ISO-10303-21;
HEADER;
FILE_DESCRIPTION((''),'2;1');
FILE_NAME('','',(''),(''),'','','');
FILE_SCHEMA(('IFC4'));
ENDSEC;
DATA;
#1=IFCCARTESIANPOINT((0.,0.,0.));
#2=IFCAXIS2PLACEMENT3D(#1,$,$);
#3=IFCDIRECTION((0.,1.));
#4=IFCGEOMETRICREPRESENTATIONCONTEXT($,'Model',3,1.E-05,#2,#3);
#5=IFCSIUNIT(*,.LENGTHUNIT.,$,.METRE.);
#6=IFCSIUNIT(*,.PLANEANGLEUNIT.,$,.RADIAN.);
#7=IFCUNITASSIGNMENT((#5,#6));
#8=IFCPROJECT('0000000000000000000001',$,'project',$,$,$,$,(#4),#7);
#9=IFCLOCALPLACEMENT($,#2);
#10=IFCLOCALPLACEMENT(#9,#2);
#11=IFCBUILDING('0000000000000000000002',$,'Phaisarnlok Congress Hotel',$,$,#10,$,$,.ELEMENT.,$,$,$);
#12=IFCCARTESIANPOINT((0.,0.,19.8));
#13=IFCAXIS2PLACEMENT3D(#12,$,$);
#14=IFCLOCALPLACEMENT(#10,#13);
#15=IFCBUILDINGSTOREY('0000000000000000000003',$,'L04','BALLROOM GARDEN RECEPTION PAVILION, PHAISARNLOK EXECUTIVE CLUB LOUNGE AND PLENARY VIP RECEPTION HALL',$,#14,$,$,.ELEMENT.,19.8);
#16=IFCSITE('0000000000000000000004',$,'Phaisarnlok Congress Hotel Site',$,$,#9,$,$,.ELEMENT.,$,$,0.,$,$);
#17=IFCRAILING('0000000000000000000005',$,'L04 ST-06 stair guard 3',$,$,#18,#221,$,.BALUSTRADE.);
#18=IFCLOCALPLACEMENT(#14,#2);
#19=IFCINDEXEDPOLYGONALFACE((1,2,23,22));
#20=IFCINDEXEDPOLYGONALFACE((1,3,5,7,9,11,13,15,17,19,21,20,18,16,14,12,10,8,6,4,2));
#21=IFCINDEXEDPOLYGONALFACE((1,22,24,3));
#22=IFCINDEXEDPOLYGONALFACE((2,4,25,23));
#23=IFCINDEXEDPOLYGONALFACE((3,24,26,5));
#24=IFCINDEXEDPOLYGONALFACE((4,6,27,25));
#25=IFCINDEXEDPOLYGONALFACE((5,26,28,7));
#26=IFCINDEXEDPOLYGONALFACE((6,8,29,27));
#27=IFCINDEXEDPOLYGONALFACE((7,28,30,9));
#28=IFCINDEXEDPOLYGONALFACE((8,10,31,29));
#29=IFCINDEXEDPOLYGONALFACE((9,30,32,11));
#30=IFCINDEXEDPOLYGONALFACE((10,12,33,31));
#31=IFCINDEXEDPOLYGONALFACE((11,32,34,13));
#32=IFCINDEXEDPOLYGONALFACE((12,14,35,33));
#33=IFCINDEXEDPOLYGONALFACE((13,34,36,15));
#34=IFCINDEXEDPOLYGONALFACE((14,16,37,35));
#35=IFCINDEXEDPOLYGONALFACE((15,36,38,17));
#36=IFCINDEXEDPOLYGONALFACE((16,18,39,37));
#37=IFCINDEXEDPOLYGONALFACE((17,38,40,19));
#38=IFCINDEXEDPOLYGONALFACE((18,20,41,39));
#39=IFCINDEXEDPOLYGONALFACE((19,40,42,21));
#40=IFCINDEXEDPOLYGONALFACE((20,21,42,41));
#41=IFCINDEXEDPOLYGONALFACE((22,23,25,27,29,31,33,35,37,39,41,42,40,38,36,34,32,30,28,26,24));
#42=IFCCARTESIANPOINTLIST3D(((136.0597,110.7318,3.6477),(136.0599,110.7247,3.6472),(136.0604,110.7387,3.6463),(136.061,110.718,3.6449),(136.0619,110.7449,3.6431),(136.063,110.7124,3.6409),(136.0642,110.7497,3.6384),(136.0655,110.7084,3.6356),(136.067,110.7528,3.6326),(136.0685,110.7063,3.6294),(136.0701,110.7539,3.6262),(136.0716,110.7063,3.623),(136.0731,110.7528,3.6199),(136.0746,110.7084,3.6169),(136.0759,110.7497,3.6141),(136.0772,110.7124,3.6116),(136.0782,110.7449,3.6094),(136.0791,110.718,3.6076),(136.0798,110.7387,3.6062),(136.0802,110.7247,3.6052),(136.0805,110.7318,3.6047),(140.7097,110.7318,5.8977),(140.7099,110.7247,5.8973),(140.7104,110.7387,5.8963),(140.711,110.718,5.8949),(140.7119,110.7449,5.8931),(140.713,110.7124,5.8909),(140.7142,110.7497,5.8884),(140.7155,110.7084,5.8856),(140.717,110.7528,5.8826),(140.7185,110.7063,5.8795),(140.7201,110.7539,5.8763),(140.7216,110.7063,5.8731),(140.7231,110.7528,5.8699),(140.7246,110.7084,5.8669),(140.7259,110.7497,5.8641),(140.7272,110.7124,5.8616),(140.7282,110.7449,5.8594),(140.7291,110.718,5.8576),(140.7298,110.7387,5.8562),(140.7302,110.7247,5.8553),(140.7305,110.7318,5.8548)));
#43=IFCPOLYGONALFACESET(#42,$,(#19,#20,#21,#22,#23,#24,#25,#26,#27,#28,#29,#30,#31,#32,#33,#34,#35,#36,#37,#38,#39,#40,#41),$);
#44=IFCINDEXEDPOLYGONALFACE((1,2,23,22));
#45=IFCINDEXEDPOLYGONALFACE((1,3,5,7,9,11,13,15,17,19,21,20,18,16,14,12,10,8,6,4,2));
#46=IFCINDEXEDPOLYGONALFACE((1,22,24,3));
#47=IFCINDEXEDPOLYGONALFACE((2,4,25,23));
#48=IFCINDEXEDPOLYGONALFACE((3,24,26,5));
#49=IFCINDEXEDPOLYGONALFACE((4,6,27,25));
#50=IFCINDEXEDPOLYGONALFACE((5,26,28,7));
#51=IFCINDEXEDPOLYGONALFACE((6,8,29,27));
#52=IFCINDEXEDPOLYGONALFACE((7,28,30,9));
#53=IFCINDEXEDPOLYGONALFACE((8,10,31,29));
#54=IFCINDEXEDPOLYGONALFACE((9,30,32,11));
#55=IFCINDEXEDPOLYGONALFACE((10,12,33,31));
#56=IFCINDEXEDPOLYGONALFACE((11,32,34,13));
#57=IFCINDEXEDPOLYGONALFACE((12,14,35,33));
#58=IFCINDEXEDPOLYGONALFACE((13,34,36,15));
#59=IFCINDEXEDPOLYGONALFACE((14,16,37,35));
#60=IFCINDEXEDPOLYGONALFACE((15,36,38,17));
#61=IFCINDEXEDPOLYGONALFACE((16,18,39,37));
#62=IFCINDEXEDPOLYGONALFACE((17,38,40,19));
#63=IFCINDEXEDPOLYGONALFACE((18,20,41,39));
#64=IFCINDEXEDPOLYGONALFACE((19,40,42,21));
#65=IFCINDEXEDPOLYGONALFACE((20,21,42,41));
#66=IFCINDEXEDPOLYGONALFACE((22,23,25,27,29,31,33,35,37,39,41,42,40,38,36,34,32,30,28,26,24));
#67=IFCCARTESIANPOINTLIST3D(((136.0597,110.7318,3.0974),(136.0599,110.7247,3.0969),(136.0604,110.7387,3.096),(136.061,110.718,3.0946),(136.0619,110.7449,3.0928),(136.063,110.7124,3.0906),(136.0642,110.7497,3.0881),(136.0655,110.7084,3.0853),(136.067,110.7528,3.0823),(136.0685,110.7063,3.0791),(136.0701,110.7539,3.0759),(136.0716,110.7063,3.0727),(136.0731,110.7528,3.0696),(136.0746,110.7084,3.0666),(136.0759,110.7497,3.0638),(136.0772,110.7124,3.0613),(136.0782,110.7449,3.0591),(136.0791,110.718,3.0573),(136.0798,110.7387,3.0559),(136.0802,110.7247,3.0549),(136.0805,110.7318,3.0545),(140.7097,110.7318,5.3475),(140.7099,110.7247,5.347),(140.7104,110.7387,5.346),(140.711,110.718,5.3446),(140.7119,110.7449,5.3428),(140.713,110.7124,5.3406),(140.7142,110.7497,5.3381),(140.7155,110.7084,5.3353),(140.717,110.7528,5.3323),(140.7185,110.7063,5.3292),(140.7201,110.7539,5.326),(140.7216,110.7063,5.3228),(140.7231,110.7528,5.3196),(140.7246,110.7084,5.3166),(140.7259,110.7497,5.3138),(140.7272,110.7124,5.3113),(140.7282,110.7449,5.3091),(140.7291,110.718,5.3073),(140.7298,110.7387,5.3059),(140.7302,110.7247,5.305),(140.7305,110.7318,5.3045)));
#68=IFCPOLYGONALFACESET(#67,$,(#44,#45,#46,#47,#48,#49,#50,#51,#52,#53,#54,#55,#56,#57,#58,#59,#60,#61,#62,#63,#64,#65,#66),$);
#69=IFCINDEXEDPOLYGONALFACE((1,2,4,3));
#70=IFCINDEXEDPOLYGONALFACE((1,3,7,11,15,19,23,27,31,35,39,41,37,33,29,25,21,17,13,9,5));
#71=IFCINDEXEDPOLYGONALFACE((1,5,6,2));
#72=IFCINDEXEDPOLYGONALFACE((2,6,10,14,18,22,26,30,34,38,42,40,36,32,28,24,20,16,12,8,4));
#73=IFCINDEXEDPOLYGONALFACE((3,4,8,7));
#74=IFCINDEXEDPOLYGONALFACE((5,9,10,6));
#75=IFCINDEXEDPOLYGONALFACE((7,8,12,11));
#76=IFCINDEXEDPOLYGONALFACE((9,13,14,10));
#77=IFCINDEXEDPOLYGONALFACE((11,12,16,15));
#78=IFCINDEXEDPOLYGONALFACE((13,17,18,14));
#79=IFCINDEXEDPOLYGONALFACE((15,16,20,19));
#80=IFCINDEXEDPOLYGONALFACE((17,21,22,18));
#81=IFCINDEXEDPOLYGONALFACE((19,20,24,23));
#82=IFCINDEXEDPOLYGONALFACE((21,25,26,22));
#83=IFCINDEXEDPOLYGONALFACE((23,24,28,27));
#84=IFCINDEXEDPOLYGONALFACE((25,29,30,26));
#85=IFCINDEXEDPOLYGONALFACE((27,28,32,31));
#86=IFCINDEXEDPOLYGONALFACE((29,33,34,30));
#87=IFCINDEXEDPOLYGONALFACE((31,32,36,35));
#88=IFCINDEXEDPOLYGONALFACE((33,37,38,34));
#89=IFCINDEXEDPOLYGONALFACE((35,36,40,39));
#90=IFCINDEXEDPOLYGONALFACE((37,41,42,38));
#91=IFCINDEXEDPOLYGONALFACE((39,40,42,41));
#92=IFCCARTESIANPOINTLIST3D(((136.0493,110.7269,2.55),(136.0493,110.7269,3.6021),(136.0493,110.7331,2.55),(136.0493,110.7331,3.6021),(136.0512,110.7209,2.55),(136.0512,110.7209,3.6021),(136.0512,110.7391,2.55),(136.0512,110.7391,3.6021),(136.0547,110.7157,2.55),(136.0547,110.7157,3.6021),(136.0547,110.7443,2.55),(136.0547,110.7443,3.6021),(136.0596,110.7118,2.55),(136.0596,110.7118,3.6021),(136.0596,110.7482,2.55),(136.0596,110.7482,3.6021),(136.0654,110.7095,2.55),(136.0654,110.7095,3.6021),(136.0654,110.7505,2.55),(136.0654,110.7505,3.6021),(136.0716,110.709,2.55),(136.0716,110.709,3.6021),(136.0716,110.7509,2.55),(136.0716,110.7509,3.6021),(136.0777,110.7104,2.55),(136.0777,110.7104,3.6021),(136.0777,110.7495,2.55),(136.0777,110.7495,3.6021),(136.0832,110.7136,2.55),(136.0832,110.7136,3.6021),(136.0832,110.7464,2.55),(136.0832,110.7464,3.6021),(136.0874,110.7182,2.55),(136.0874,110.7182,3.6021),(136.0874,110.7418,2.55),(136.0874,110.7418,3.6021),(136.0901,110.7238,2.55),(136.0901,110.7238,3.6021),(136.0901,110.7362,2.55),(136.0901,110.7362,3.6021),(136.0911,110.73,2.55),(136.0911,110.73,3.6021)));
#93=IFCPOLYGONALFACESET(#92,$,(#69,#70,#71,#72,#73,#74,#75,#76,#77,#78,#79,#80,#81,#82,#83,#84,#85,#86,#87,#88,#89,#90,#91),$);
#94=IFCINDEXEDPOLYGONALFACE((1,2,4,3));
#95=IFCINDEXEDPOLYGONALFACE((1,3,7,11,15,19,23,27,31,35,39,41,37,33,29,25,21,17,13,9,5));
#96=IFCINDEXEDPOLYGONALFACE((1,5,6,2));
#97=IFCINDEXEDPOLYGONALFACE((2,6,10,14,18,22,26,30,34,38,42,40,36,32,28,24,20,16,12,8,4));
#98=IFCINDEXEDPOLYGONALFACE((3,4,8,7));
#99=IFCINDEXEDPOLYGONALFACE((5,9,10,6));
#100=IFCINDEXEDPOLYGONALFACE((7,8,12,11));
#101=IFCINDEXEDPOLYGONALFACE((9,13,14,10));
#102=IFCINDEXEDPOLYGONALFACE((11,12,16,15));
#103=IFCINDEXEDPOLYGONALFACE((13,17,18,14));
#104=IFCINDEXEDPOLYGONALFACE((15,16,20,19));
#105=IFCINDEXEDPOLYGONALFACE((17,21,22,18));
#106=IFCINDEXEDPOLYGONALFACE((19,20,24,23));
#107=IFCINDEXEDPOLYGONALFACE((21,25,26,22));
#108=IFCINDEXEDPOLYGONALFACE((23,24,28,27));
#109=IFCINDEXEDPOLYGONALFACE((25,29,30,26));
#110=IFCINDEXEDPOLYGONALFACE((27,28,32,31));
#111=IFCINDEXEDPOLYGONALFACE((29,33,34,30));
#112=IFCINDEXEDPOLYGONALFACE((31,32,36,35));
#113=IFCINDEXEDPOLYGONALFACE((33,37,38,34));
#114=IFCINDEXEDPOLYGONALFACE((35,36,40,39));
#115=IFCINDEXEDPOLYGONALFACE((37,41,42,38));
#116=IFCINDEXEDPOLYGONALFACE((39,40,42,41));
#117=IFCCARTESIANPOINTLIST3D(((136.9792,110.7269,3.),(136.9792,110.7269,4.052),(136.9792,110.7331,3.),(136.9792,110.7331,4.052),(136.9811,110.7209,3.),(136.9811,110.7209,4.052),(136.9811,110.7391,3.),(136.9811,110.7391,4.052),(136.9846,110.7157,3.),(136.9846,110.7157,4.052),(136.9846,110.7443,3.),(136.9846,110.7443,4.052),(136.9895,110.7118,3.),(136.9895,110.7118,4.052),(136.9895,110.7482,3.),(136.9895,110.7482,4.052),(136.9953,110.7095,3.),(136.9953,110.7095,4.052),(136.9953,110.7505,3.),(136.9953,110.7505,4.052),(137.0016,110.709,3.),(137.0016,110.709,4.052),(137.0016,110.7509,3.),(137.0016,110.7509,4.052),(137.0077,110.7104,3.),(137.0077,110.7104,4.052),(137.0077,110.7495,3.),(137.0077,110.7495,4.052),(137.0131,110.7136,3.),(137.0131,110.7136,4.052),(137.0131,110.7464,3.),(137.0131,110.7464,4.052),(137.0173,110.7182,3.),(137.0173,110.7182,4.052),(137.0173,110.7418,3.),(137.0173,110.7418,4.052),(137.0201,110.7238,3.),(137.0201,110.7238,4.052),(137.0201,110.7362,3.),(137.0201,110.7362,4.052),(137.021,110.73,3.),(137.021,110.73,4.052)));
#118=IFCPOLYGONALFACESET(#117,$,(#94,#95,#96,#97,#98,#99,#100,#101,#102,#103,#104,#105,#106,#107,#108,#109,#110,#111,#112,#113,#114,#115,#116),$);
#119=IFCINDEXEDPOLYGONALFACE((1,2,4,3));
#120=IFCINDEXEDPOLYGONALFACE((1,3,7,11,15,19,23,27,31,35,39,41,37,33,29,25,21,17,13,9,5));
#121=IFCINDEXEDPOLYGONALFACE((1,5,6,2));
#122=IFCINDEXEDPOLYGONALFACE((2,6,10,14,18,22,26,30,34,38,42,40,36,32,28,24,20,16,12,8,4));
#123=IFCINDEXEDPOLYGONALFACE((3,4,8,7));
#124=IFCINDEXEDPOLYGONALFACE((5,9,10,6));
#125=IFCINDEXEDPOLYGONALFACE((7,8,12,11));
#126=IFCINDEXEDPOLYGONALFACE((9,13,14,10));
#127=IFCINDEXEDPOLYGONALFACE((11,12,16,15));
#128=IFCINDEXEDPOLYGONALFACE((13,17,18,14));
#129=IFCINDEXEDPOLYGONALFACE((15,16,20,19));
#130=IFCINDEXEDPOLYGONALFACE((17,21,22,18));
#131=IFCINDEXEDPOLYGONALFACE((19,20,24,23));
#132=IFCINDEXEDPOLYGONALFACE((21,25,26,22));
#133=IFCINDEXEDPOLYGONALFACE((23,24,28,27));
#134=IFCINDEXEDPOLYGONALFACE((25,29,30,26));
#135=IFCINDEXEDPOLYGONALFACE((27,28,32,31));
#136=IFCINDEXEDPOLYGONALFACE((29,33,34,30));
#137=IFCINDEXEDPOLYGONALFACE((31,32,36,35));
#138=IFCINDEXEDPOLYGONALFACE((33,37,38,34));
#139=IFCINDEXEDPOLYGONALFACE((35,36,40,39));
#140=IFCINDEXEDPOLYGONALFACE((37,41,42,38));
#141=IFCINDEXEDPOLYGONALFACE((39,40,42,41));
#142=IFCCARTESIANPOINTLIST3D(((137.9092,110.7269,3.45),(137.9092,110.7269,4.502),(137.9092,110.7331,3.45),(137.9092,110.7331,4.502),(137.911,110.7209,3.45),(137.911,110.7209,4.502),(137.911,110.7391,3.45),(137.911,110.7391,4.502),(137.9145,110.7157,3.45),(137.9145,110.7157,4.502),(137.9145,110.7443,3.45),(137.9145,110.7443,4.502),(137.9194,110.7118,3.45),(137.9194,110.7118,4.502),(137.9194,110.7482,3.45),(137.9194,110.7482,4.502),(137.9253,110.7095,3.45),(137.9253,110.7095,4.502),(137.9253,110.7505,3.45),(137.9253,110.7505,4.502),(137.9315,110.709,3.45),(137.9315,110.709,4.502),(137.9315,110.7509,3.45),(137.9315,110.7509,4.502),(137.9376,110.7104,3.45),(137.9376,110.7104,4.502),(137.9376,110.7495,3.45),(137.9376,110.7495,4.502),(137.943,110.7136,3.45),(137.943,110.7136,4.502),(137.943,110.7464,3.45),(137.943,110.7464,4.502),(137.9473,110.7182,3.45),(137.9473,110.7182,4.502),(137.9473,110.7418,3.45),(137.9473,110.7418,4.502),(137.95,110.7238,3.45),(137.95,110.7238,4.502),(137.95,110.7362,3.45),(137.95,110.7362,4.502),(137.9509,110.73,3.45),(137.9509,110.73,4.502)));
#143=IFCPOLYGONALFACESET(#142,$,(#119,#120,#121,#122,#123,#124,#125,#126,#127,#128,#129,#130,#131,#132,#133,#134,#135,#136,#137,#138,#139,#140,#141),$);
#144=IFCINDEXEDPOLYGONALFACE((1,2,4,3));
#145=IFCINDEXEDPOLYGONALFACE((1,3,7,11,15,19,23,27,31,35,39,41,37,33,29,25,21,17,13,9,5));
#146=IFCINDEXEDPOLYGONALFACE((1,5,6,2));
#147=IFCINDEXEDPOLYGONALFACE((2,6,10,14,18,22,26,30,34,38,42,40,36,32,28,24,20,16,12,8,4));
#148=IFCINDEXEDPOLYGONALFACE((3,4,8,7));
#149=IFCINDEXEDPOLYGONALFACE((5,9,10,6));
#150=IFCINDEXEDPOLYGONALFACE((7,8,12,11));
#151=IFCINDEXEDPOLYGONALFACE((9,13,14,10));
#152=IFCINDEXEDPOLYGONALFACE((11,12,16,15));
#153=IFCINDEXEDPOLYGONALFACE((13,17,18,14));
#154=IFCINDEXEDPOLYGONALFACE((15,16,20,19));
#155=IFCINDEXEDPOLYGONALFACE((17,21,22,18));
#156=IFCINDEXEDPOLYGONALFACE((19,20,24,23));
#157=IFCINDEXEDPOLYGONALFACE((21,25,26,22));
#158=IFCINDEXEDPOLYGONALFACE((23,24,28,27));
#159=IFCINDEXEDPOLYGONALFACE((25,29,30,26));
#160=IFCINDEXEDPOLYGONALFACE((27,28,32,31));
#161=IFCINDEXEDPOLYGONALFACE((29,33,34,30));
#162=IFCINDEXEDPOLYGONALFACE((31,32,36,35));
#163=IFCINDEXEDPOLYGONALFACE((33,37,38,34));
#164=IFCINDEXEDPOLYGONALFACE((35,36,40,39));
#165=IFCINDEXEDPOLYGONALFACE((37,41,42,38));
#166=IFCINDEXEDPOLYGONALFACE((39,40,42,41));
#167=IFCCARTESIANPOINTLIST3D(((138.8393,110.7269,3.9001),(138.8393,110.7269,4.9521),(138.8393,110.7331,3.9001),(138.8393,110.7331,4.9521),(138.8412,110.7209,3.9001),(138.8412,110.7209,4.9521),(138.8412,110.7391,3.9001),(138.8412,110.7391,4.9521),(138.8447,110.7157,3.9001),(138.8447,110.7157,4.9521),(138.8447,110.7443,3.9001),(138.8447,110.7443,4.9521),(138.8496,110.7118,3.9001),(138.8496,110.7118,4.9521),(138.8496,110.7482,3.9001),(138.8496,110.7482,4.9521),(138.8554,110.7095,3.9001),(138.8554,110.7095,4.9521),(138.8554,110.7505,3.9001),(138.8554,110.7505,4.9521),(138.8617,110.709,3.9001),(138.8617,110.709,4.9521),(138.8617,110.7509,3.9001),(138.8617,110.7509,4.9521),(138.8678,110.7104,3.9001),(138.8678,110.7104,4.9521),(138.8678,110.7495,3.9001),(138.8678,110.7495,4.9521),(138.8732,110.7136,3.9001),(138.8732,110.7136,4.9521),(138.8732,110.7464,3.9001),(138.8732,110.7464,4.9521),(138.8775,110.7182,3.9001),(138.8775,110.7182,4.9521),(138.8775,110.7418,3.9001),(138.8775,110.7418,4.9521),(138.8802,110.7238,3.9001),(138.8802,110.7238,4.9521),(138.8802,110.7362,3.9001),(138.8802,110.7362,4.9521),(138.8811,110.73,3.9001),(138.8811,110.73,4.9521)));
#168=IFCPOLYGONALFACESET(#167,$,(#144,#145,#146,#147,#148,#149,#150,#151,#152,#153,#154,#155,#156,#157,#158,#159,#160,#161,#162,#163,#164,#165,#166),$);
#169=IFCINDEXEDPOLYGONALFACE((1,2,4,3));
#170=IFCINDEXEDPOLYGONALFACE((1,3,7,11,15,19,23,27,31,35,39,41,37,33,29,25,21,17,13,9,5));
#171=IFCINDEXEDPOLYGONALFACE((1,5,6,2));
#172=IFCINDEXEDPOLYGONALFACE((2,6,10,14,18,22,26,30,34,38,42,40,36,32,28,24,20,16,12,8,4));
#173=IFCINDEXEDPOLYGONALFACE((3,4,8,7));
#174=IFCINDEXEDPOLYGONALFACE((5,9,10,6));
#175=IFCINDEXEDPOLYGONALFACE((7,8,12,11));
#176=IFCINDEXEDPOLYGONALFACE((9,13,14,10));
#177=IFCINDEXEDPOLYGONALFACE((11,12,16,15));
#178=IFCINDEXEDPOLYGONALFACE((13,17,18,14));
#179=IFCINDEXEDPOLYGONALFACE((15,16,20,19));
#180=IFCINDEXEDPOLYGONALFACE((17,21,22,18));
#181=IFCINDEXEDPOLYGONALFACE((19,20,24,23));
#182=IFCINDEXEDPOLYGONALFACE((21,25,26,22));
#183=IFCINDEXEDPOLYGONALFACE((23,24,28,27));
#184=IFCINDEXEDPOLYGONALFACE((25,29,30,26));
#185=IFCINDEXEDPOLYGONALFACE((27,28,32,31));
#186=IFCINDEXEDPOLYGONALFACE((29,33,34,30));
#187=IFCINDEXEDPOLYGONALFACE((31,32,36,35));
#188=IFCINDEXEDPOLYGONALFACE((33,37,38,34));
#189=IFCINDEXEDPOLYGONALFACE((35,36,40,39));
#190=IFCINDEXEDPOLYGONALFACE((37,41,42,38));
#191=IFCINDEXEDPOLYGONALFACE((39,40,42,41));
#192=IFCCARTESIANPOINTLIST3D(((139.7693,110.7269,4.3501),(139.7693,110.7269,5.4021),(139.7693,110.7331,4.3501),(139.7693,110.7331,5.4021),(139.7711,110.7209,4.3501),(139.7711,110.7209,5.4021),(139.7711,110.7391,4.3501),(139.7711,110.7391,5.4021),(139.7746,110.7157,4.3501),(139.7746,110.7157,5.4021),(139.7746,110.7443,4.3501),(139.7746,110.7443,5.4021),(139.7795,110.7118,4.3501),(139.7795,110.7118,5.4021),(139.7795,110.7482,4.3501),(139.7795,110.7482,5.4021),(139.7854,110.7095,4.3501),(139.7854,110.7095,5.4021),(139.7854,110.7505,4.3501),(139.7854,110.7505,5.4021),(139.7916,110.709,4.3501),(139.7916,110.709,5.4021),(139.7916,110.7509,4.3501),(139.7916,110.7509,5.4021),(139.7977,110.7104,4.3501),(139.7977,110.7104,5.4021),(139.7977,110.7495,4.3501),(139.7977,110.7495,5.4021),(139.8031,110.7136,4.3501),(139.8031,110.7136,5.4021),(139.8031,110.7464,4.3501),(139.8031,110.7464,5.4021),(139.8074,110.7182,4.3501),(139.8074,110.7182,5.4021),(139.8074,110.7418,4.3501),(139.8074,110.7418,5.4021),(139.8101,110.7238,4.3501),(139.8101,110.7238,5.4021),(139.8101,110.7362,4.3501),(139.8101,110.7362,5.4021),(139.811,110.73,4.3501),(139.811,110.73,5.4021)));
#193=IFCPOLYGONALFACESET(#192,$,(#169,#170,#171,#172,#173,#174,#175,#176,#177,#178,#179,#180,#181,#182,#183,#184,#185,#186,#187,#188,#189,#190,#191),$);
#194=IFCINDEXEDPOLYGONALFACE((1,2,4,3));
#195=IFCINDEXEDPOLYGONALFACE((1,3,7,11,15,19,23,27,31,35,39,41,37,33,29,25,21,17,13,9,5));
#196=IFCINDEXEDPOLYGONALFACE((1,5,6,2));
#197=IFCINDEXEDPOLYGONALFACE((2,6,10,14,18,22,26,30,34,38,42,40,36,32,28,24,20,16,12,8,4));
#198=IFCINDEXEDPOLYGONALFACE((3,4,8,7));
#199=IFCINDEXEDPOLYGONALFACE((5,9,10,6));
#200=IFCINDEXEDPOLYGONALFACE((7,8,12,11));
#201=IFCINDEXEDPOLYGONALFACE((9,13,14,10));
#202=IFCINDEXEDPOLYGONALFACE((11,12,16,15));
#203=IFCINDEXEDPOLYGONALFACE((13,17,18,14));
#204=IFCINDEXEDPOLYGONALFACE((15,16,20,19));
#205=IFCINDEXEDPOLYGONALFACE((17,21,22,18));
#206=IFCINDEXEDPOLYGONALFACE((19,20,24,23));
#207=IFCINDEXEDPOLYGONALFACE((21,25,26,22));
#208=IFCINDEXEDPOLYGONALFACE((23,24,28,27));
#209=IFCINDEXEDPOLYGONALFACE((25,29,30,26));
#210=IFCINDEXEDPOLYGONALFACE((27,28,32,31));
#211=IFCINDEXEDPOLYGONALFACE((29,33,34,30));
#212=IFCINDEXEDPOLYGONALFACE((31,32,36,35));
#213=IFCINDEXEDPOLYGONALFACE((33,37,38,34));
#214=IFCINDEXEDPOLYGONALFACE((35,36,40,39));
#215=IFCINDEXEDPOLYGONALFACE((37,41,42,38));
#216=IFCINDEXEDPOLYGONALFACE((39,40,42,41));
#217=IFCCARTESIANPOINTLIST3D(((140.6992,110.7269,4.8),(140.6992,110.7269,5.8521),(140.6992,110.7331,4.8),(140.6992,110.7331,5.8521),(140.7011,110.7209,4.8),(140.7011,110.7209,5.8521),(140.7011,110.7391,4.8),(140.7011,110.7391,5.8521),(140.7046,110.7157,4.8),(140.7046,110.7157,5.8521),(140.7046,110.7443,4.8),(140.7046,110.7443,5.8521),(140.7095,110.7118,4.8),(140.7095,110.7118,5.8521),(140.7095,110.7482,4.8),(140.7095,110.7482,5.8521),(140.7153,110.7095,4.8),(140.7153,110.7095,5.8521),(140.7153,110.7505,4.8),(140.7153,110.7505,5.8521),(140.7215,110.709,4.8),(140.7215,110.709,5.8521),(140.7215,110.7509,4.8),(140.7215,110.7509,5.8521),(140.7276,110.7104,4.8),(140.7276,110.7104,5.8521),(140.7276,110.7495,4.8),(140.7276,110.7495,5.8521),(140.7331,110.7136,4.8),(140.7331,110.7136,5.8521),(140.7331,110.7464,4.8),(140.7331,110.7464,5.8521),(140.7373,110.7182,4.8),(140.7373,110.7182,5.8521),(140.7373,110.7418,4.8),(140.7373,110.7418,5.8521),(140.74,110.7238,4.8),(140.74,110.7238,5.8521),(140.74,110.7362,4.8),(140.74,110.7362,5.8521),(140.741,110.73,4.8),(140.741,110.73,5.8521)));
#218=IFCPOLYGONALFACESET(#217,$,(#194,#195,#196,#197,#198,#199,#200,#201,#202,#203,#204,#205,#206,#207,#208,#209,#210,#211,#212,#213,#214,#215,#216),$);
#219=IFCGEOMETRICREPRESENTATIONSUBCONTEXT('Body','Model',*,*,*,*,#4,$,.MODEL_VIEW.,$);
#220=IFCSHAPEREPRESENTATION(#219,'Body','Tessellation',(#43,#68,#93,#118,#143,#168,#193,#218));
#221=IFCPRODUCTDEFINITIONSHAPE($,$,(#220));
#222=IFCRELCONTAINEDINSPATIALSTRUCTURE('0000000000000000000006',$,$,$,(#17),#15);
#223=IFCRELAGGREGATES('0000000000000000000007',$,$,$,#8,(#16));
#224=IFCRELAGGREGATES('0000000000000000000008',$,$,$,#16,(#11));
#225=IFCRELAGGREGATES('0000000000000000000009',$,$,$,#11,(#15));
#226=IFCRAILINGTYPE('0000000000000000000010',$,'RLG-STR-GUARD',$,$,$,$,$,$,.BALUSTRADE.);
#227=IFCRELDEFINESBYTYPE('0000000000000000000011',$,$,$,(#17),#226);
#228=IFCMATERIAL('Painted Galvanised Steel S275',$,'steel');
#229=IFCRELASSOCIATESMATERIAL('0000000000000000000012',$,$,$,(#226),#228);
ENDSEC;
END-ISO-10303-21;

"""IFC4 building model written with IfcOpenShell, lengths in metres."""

from ifc_helpers import new_model, si_unit, direction, frame, origin, origin_2d, place, context, subcontext, project, spatial, circle, extrude, material, type_object, element, save


model = new_model("IFC4")

# Units and contexts
model_context = context("Model", 3, precision=1e-05, world=origin(), true_north=direction((0.0, 1.0)))
body_context = subcontext(model_context, "Body", "Model", "MODEL_VIEW")
ifc_project = project(units=[si_unit("LENGTHUNIT", "METRE"), si_unit("PLANEANGLEUNIT", "RADIAN")], contexts=[model_context])

# Site, building, storey
site_placement = place(None, origin())
site = spatial("IfcSite", under=ifc_project, at=site_placement, Name="Phaisarnlok Congress Hotel Site", CompositionType="ELEMENT", RefElevation=0.0)
building_placement = place(site_placement, origin())
building = spatial("IfcBuilding", under=site, at=building_placement, Name="Phaisarnlok Congress Hotel", CompositionType="ELEMENT")
storey_placement = place(building_placement, frame((0.0, 0.0, 19.8)))
storey = spatial("IfcBuildingStorey", under=building, at=storey_placement, Name="L04", Description="BALLROOM GARDEN RECEPTION PAVILION, PHAISARNLOK EXECUTIVE CLUB LOUNGE AND PLENARY VIP RECEPTION HALL", CompositionType="ELEMENT", Elevation=19.8)

# Railing
ifc_material_1 = material(Name="Painted Galvanised Steel S275", Category="steel")
railing_type_1 = type_object("IfcRailingType", Name="RLG-STR-GUARD", PredefinedType="BALUSTRADE", material=ifc_material_1)
railing_1_placement = place(storey_placement, frame((136.0701, 110.73, 2.55)))
element("IfcRailing", 1, at=railing_1_placement, inside=storey, type_object=railing_type_1, Name="L04 ST-06 stair guard 3", PredefinedType="BALUSTRADE", context=body_context, shape_type="SweptSolid", body=[
    extrude(circle(Radius=0.0239, at=origin_2d()), frame((0.0, 0.0, 1.0762), z_axis=(0.900156, 0.0, 0.435568), x_axis=(0.0, 1.0, 0.0)), (0.0, 0.0, 1.0), 5.1658),
    extrude(circle(Radius=0.0239, at=origin_2d()), frame((0.0, 0.0, 0.5259), z_axis=(0.900156, 0.0, 0.435568), x_axis=(0.0, 1.0, 0.0)), (0.0, 0.0, 1.0), 5.1658),
    extrude(circle(Radius=0.021, at=origin_2d()), origin(), (0.0, 0.0, 1.0), 1.052),
    extrude(circle(Radius=0.021, at=origin_2d()), frame((0.9299, 0.0, 0.45)), (0.0, 0.0, 1.0), 1.052),
    extrude(circle(Radius=0.021, at=origin_2d()), frame((1.8599, 0.0, 0.8999)), (0.0, 0.0, 1.0), 1.052),
    extrude(circle(Radius=0.021, at=origin_2d()), frame((2.79, 0.0, 1.3501)), (0.0, 0.0, 1.0), 1.052),
    extrude(circle(Radius=0.021, at=origin_2d()), frame((3.72, 0.0, 1.8)), (0.0, 0.0, 1.0), 1.052),
    extrude(circle(Radius=0.021, at=origin_2d()), frame((4.6499, 0.0, 2.25)), (0.0, 0.0, 1.0), 1.052),
])

save(model, "model.ifc")
